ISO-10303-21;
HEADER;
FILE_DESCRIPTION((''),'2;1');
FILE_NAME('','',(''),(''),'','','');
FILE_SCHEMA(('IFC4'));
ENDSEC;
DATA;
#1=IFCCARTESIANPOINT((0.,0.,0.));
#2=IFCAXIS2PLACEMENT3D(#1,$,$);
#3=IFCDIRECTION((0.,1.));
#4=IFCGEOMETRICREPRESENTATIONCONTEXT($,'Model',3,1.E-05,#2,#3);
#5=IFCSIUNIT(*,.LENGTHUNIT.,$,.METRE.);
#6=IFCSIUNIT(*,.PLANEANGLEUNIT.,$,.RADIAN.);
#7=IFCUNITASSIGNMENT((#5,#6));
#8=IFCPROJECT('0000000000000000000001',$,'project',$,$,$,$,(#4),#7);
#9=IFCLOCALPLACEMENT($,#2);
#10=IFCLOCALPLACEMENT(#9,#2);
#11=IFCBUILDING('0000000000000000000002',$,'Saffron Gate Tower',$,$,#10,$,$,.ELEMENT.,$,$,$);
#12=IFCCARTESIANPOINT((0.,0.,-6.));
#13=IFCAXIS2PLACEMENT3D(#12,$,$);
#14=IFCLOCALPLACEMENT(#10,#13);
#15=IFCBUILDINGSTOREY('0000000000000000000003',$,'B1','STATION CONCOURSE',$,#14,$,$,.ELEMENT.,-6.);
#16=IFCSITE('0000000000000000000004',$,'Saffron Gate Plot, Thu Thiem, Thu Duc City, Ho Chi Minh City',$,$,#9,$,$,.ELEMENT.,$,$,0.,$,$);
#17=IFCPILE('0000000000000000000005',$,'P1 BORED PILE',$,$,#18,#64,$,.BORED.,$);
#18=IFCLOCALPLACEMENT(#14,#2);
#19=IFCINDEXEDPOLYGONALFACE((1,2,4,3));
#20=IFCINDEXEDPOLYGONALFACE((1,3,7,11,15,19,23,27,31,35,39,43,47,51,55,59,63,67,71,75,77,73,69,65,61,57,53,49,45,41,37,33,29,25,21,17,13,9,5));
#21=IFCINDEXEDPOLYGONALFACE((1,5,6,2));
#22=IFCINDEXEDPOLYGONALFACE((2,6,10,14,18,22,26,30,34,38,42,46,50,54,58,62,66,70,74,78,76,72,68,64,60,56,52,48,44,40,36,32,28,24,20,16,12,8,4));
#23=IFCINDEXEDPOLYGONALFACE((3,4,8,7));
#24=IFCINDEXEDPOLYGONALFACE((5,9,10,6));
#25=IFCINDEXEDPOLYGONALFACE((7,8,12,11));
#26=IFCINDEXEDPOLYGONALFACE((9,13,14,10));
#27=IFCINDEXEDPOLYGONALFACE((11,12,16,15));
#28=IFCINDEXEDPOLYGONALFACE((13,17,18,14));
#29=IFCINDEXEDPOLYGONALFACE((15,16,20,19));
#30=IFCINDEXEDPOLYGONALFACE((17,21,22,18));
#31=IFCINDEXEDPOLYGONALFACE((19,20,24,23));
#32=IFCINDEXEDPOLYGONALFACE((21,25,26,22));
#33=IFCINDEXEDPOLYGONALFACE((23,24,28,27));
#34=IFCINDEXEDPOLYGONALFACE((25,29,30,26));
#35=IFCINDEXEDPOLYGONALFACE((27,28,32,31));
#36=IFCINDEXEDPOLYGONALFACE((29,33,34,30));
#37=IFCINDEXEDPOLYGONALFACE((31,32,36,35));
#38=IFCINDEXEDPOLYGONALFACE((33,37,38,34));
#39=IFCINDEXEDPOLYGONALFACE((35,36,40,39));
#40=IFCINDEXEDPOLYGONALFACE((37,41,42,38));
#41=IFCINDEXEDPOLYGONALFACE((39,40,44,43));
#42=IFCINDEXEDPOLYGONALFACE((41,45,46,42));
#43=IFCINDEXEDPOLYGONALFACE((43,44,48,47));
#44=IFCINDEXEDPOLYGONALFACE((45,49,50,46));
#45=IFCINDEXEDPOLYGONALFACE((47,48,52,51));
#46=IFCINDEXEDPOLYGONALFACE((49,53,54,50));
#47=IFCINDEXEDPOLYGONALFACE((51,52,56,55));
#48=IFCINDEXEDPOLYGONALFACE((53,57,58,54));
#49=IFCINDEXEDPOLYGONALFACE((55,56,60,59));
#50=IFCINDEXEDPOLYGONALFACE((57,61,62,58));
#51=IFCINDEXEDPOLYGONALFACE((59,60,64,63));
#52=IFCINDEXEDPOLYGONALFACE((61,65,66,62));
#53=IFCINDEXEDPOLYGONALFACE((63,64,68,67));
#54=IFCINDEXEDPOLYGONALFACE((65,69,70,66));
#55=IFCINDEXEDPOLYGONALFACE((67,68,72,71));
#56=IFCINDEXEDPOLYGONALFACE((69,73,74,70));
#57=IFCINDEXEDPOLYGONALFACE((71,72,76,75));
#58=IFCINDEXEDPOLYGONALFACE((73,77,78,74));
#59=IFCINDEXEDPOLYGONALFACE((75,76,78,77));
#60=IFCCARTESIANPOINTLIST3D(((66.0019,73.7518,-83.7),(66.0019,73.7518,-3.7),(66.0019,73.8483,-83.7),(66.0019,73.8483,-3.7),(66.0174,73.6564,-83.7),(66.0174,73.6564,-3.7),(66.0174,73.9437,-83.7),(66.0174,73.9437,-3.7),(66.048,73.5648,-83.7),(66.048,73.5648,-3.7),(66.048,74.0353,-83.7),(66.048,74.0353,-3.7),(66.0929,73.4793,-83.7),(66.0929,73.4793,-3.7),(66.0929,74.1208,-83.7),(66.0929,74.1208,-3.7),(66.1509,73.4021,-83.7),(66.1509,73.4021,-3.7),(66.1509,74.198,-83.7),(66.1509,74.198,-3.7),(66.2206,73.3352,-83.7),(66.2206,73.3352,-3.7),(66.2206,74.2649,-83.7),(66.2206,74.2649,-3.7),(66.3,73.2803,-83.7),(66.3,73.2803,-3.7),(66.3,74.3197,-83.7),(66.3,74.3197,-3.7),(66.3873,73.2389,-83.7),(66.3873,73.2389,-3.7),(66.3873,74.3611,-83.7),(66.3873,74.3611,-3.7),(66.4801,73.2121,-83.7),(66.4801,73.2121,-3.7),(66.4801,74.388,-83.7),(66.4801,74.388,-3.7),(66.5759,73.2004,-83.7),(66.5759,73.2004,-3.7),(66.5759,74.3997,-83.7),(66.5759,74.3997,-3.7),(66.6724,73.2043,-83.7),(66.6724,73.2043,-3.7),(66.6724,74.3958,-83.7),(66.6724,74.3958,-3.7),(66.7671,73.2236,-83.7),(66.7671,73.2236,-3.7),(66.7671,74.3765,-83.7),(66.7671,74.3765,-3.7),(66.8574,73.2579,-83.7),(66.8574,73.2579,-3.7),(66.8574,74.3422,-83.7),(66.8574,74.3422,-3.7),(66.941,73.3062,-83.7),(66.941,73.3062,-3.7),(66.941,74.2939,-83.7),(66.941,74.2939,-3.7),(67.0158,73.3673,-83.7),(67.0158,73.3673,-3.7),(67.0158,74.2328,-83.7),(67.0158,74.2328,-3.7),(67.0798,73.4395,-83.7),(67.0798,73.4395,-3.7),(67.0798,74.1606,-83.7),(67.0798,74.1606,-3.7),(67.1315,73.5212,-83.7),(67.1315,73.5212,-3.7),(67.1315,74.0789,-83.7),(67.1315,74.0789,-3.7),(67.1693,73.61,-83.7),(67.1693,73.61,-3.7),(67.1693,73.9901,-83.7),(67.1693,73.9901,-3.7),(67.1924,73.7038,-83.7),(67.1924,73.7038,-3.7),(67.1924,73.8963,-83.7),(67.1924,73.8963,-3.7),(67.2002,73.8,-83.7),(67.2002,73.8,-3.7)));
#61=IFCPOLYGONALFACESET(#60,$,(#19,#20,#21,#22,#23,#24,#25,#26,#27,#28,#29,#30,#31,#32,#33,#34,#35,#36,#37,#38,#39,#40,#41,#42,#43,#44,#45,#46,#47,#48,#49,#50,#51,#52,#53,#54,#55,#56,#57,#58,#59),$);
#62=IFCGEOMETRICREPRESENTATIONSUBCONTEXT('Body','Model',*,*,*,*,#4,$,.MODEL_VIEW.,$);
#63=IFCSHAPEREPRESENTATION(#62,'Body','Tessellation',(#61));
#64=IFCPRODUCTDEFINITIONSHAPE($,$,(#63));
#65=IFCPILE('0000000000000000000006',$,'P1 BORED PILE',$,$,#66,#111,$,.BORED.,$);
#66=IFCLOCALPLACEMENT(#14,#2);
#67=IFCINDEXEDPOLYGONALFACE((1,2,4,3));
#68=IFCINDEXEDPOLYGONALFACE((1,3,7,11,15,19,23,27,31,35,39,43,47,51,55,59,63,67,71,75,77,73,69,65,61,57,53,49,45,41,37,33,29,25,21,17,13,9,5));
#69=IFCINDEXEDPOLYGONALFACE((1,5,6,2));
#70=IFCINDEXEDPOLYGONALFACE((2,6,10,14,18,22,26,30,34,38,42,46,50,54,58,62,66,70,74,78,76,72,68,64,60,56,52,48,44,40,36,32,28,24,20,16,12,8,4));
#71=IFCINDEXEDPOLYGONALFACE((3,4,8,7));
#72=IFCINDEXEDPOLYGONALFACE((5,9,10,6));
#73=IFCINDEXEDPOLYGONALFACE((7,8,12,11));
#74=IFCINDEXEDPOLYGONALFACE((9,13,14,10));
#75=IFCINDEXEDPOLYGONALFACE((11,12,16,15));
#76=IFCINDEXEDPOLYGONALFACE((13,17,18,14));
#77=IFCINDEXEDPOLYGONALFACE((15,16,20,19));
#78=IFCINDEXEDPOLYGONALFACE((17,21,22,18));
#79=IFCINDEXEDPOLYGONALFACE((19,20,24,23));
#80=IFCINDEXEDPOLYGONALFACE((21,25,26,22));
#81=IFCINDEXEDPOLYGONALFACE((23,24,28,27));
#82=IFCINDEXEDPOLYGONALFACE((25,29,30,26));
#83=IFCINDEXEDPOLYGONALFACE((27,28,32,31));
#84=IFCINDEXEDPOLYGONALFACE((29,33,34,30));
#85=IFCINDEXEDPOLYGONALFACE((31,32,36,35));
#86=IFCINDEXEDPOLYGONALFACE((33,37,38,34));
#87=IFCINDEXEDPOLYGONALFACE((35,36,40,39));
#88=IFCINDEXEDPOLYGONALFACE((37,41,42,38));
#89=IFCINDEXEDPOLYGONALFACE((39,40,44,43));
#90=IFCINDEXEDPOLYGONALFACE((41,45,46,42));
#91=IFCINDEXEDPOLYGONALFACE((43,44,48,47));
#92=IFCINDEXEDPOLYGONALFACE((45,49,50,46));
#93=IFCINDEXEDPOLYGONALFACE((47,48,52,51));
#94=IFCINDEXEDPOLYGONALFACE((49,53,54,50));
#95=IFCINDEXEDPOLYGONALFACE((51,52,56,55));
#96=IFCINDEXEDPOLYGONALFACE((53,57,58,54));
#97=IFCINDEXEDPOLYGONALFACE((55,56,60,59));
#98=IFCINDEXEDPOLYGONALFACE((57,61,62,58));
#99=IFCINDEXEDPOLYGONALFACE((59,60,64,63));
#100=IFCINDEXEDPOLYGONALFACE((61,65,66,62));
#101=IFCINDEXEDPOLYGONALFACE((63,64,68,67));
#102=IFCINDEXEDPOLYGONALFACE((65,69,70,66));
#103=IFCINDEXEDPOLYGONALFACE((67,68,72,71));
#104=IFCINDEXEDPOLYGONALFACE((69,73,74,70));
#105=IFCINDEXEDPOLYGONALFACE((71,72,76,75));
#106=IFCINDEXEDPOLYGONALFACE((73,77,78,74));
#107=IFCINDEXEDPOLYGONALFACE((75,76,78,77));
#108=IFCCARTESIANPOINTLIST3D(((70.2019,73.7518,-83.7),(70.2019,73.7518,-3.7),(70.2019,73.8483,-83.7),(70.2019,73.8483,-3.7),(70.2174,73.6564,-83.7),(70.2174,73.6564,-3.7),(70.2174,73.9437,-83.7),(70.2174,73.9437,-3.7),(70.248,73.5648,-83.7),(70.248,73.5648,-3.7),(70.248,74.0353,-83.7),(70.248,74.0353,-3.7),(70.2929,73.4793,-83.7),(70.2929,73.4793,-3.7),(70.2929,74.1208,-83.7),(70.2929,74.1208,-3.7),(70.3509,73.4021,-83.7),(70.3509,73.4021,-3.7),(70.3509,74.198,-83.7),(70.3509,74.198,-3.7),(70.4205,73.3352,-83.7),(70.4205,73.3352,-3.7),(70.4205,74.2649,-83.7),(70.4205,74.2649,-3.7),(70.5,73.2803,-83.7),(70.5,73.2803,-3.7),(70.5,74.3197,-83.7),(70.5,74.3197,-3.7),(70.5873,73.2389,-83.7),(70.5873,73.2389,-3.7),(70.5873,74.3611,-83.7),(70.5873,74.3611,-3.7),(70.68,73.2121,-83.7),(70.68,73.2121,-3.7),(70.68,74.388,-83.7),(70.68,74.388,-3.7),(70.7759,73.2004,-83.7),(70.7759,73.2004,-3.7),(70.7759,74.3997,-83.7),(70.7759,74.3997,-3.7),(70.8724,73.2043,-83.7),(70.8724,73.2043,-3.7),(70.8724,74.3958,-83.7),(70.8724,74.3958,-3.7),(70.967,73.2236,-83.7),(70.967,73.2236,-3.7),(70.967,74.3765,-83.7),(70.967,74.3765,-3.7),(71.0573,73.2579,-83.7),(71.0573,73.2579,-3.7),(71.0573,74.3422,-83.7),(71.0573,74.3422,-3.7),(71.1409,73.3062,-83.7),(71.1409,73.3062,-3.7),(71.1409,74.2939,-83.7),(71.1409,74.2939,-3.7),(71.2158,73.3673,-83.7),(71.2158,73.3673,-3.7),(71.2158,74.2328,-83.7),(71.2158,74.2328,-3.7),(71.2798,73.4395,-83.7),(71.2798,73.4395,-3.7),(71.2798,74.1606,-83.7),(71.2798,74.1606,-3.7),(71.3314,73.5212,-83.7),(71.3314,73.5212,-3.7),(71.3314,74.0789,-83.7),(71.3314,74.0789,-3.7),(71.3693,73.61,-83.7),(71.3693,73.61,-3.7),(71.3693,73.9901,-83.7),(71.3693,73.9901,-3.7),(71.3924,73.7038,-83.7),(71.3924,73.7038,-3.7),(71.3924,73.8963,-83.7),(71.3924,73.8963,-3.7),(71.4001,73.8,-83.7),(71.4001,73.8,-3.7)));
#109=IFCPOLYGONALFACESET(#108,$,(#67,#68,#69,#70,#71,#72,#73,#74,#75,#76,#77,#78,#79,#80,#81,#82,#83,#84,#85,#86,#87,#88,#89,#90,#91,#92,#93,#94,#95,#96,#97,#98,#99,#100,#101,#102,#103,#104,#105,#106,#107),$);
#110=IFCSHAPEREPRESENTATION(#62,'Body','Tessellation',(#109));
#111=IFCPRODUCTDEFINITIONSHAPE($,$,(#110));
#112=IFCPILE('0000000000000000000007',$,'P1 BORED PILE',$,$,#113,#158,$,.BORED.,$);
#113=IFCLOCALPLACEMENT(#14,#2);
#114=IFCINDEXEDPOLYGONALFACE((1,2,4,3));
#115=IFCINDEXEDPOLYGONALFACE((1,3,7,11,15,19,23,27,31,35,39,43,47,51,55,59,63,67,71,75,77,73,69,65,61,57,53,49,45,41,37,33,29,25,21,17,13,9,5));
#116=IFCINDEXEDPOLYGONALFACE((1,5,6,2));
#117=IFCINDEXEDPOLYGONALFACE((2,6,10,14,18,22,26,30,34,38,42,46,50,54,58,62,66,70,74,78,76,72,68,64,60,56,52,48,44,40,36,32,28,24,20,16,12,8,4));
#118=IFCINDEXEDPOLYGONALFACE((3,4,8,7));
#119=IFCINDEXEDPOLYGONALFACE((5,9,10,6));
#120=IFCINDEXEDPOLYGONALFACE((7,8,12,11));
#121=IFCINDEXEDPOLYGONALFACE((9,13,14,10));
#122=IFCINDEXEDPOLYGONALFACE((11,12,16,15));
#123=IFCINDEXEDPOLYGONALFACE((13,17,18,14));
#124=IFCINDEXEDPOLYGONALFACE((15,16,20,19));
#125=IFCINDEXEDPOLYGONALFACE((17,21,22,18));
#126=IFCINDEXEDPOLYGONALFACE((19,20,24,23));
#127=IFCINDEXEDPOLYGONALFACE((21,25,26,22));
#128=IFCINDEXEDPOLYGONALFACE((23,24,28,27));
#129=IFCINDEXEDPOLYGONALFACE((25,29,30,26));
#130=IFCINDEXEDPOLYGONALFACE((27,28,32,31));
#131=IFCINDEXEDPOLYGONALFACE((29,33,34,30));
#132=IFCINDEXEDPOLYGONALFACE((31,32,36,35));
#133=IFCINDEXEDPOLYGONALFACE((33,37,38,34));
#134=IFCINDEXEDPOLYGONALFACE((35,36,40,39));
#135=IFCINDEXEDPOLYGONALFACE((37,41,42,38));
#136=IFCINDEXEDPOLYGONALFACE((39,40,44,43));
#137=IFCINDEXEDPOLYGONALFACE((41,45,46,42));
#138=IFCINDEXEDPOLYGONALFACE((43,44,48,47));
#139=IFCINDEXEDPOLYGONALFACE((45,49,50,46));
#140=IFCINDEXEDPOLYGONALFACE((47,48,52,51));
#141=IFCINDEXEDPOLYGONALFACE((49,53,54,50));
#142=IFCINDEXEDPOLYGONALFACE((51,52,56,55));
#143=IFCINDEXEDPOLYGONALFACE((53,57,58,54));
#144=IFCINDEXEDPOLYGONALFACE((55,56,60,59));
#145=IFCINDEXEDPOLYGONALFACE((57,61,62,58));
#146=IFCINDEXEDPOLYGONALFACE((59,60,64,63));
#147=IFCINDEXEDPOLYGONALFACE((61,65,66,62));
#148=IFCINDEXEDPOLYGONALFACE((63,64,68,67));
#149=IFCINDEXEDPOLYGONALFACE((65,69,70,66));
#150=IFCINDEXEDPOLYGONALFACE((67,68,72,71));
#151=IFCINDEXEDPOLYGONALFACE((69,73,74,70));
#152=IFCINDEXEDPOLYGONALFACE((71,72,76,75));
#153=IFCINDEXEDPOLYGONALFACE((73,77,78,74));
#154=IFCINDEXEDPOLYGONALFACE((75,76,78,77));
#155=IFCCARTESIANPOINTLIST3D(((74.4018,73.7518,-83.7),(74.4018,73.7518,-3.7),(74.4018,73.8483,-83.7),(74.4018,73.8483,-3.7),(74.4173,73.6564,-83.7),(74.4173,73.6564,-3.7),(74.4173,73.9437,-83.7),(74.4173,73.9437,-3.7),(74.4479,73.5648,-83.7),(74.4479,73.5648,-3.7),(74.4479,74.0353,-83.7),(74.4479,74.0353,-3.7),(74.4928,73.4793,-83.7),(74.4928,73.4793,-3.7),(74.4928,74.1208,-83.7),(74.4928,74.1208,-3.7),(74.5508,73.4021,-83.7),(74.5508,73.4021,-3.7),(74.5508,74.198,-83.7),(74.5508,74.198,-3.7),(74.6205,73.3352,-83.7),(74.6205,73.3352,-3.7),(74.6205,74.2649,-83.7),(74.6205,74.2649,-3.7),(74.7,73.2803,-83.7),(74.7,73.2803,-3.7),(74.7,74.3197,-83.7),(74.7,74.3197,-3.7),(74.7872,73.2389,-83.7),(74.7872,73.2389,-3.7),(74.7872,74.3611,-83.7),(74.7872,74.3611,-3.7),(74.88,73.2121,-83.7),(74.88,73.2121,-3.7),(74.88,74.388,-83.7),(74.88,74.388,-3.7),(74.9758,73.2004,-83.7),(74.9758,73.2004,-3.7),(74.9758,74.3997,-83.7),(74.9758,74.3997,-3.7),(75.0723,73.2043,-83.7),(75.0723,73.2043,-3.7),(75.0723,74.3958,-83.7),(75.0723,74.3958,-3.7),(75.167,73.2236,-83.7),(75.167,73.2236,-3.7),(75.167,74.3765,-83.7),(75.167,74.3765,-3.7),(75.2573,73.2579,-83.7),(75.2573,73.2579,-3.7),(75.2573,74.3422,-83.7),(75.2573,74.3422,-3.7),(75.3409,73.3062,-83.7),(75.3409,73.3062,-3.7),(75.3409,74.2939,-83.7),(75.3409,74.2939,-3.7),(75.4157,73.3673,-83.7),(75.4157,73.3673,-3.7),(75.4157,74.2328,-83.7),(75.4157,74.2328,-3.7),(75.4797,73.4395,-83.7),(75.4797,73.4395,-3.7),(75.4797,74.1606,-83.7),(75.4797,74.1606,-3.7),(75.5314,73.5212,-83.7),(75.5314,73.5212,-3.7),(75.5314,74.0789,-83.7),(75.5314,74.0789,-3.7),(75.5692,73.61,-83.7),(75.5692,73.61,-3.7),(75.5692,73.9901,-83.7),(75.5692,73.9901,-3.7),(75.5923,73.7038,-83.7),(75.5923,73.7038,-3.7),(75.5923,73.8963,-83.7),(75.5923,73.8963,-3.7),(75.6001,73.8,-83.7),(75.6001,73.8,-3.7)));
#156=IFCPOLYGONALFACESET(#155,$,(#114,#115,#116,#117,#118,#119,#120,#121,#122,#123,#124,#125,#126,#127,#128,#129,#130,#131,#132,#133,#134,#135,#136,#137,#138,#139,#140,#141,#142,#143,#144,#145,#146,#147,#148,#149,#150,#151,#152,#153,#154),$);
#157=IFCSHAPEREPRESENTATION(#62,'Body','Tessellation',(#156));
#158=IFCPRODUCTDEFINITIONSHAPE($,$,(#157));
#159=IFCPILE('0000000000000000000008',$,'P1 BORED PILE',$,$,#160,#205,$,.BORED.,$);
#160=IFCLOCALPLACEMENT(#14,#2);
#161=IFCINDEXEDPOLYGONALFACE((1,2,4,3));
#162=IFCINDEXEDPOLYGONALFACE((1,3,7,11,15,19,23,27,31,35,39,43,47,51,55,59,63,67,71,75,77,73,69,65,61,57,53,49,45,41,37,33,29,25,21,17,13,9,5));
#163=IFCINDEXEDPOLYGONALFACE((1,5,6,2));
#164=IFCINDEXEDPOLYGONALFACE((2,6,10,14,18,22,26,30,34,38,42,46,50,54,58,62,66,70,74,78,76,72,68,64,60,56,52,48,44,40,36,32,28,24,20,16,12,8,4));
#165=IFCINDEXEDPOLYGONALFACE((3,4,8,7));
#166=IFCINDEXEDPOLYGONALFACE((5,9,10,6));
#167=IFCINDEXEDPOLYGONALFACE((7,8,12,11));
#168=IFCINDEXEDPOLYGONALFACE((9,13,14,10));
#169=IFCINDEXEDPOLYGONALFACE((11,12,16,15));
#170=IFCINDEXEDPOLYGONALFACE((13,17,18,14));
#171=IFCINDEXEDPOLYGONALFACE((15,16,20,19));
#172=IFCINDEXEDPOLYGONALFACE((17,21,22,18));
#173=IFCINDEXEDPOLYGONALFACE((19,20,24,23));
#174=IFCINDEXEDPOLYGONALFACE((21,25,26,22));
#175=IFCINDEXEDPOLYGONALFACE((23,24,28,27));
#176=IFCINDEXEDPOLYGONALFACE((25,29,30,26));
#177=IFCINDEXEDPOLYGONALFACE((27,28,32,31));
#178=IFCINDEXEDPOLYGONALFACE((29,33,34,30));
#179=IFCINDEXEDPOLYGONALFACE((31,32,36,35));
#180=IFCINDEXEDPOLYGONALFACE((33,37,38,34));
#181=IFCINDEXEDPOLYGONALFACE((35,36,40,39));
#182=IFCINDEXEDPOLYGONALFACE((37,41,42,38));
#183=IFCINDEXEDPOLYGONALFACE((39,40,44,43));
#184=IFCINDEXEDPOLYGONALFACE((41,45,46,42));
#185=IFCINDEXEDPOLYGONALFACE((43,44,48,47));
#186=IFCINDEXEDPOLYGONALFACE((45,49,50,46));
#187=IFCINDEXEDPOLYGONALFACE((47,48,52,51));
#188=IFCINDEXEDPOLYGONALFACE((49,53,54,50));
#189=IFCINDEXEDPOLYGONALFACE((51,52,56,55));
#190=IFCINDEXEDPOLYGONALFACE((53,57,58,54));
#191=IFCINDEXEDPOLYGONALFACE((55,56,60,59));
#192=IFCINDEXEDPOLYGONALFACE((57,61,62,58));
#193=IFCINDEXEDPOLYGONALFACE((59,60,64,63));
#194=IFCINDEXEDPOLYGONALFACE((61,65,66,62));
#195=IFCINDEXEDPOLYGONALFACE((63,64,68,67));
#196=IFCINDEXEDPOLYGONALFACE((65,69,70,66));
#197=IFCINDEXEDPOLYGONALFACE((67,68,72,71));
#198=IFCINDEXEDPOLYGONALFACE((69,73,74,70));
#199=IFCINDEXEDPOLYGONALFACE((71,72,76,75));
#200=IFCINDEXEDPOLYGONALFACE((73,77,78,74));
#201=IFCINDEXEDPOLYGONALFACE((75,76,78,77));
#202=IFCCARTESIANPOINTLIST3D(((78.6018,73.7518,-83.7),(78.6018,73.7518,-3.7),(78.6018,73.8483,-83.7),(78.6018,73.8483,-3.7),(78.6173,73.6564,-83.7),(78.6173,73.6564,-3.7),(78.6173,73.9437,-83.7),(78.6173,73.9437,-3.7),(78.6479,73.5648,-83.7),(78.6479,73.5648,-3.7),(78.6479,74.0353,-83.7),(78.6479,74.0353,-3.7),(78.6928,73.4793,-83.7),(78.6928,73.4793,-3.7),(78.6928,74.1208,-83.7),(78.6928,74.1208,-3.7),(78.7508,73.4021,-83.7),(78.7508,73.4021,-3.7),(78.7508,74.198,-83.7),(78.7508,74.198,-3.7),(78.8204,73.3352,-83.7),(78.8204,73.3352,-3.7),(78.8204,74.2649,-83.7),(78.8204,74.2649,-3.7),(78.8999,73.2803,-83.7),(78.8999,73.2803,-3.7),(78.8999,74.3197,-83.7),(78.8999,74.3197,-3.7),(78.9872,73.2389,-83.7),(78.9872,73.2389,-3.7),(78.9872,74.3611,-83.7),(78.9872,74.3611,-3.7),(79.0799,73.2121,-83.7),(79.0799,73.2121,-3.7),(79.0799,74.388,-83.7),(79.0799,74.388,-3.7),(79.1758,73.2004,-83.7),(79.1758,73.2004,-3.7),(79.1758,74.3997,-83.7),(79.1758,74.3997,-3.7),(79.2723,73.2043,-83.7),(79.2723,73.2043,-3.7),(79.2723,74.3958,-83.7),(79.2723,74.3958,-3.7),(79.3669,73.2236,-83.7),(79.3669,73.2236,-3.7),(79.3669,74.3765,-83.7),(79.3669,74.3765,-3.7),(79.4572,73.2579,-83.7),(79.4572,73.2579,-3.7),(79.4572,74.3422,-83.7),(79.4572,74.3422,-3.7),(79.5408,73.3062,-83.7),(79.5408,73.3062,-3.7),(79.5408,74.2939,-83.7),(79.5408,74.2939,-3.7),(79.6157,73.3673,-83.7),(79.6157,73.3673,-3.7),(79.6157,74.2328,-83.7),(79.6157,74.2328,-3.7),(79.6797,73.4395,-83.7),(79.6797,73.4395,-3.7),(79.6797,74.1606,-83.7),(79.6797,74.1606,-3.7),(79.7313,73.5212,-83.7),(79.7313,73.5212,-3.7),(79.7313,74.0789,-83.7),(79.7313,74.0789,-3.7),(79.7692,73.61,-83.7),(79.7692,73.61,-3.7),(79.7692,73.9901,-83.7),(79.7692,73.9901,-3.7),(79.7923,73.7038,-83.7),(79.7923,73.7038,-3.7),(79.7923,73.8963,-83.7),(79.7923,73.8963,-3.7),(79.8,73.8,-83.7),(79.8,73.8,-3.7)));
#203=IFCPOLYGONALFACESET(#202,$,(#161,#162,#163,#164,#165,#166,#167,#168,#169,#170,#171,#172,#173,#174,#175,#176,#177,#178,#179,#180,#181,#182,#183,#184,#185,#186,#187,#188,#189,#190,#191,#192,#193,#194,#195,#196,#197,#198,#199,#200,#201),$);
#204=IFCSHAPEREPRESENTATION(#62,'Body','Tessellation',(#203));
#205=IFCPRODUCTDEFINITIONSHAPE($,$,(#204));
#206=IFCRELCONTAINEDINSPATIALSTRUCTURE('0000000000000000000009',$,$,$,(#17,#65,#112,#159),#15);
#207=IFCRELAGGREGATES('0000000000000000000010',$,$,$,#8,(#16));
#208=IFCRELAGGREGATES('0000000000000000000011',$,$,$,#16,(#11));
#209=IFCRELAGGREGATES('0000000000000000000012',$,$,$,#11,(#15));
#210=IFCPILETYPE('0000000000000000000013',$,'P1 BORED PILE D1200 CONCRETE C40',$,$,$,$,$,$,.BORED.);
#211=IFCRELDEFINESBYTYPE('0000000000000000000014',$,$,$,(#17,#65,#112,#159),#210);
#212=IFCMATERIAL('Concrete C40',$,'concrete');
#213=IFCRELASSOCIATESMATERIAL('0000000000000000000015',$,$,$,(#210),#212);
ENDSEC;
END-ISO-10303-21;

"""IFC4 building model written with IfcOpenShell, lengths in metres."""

from ifc_helpers import new_model, si_unit, direction, frame, origin, origin_2d, place, context, subcontext, project, spatial, circle, extrude, material, material_profile, profile_set, type_object, element, save


model = new_model("IFC4")

# Units and contexts
model_context = context("Model", 3, precision=1e-05, world=origin(), true_north=direction((0.0, 1.0)))
body_context = subcontext(model_context, "Body", "Model", "MODEL_VIEW")
ifc_project = project(units=[si_unit("LENGTHUNIT", "METRE"), si_unit("PLANEANGLEUNIT", "RADIAN")], contexts=[model_context])

# Site, building, storey
site_placement = place(None, origin())
site = spatial("IfcSite", under=ifc_project, at=site_placement, Name="Saffron Gate Plot, Thu Thiem, Thu Duc City, Ho Chi Minh City", CompositionType="ELEMENT", RefElevation=0.0)
building_placement = place(site_placement, origin())
building = spatial("IfcBuilding", under=site, at=building_placement, Name="Saffron Gate Tower", CompositionType="ELEMENT")
storey_placement = place(building_placement, frame((0.0, 0.0, -6.0)))
storey = spatial("IfcBuildingStorey", under=building, at=storey_placement, Name="B1", Description="STATION CONCOURSE", CompositionType="ELEMENT", Elevation=-6.0)

# Piles
ifc_material_1 = material(Name="Concrete C40", Category="concrete")
ifc_material_profile_1 = material_profile(ifc_material_1, circle(Radius=0.6001, at=origin_2d()))
ifc_profile_set_1 = profile_set([ifc_material_profile_1], Name="Concrete C40")
pile_type_1 = type_object("IfcPileType", Name="P1 BORED PILE D1200 CONCRETE C40", PredefinedType="BORED", material=ifc_profile_set_1)
for number, where, z_axis, x_axis, name in (
    (1, (66.6001, 73.8, -3.7), (0.0, 0.0, -1.0), (1.0, 0.0, 0.0), "P1 BORED PILE"),
    (2, (70.8, 73.8, -3.7), (0.0, 0.0, -1.0), (1.0, 0.0, 0.0), "P1 BORED PILE"),
    (3, (75.0, 73.8, -3.7), (0.0, 0.0, -1.0), (1.0, 0.0, 0.0), "P1 BORED PILE"),
    (4, (79.2, 73.8, -3.7), (0.0, 0.0, -1.0), (1.0, 0.0, 0.0), "P1 BORED PILE"),
):
    element("IfcPile", number, at=place(storey_placement, frame(where, z_axis=z_axis, x_axis=x_axis)), inside=storey, type_object=pile_type_1, Name=name, PredefinedType="BORED", context=body_context, shape_type="SweptSolid", body=[
        extrude(circle(Radius=0.6001, at=origin_2d()), origin(), (0.0, 0.0, 1.0), 80.0),
    ])

save(model, "model.ifc")
